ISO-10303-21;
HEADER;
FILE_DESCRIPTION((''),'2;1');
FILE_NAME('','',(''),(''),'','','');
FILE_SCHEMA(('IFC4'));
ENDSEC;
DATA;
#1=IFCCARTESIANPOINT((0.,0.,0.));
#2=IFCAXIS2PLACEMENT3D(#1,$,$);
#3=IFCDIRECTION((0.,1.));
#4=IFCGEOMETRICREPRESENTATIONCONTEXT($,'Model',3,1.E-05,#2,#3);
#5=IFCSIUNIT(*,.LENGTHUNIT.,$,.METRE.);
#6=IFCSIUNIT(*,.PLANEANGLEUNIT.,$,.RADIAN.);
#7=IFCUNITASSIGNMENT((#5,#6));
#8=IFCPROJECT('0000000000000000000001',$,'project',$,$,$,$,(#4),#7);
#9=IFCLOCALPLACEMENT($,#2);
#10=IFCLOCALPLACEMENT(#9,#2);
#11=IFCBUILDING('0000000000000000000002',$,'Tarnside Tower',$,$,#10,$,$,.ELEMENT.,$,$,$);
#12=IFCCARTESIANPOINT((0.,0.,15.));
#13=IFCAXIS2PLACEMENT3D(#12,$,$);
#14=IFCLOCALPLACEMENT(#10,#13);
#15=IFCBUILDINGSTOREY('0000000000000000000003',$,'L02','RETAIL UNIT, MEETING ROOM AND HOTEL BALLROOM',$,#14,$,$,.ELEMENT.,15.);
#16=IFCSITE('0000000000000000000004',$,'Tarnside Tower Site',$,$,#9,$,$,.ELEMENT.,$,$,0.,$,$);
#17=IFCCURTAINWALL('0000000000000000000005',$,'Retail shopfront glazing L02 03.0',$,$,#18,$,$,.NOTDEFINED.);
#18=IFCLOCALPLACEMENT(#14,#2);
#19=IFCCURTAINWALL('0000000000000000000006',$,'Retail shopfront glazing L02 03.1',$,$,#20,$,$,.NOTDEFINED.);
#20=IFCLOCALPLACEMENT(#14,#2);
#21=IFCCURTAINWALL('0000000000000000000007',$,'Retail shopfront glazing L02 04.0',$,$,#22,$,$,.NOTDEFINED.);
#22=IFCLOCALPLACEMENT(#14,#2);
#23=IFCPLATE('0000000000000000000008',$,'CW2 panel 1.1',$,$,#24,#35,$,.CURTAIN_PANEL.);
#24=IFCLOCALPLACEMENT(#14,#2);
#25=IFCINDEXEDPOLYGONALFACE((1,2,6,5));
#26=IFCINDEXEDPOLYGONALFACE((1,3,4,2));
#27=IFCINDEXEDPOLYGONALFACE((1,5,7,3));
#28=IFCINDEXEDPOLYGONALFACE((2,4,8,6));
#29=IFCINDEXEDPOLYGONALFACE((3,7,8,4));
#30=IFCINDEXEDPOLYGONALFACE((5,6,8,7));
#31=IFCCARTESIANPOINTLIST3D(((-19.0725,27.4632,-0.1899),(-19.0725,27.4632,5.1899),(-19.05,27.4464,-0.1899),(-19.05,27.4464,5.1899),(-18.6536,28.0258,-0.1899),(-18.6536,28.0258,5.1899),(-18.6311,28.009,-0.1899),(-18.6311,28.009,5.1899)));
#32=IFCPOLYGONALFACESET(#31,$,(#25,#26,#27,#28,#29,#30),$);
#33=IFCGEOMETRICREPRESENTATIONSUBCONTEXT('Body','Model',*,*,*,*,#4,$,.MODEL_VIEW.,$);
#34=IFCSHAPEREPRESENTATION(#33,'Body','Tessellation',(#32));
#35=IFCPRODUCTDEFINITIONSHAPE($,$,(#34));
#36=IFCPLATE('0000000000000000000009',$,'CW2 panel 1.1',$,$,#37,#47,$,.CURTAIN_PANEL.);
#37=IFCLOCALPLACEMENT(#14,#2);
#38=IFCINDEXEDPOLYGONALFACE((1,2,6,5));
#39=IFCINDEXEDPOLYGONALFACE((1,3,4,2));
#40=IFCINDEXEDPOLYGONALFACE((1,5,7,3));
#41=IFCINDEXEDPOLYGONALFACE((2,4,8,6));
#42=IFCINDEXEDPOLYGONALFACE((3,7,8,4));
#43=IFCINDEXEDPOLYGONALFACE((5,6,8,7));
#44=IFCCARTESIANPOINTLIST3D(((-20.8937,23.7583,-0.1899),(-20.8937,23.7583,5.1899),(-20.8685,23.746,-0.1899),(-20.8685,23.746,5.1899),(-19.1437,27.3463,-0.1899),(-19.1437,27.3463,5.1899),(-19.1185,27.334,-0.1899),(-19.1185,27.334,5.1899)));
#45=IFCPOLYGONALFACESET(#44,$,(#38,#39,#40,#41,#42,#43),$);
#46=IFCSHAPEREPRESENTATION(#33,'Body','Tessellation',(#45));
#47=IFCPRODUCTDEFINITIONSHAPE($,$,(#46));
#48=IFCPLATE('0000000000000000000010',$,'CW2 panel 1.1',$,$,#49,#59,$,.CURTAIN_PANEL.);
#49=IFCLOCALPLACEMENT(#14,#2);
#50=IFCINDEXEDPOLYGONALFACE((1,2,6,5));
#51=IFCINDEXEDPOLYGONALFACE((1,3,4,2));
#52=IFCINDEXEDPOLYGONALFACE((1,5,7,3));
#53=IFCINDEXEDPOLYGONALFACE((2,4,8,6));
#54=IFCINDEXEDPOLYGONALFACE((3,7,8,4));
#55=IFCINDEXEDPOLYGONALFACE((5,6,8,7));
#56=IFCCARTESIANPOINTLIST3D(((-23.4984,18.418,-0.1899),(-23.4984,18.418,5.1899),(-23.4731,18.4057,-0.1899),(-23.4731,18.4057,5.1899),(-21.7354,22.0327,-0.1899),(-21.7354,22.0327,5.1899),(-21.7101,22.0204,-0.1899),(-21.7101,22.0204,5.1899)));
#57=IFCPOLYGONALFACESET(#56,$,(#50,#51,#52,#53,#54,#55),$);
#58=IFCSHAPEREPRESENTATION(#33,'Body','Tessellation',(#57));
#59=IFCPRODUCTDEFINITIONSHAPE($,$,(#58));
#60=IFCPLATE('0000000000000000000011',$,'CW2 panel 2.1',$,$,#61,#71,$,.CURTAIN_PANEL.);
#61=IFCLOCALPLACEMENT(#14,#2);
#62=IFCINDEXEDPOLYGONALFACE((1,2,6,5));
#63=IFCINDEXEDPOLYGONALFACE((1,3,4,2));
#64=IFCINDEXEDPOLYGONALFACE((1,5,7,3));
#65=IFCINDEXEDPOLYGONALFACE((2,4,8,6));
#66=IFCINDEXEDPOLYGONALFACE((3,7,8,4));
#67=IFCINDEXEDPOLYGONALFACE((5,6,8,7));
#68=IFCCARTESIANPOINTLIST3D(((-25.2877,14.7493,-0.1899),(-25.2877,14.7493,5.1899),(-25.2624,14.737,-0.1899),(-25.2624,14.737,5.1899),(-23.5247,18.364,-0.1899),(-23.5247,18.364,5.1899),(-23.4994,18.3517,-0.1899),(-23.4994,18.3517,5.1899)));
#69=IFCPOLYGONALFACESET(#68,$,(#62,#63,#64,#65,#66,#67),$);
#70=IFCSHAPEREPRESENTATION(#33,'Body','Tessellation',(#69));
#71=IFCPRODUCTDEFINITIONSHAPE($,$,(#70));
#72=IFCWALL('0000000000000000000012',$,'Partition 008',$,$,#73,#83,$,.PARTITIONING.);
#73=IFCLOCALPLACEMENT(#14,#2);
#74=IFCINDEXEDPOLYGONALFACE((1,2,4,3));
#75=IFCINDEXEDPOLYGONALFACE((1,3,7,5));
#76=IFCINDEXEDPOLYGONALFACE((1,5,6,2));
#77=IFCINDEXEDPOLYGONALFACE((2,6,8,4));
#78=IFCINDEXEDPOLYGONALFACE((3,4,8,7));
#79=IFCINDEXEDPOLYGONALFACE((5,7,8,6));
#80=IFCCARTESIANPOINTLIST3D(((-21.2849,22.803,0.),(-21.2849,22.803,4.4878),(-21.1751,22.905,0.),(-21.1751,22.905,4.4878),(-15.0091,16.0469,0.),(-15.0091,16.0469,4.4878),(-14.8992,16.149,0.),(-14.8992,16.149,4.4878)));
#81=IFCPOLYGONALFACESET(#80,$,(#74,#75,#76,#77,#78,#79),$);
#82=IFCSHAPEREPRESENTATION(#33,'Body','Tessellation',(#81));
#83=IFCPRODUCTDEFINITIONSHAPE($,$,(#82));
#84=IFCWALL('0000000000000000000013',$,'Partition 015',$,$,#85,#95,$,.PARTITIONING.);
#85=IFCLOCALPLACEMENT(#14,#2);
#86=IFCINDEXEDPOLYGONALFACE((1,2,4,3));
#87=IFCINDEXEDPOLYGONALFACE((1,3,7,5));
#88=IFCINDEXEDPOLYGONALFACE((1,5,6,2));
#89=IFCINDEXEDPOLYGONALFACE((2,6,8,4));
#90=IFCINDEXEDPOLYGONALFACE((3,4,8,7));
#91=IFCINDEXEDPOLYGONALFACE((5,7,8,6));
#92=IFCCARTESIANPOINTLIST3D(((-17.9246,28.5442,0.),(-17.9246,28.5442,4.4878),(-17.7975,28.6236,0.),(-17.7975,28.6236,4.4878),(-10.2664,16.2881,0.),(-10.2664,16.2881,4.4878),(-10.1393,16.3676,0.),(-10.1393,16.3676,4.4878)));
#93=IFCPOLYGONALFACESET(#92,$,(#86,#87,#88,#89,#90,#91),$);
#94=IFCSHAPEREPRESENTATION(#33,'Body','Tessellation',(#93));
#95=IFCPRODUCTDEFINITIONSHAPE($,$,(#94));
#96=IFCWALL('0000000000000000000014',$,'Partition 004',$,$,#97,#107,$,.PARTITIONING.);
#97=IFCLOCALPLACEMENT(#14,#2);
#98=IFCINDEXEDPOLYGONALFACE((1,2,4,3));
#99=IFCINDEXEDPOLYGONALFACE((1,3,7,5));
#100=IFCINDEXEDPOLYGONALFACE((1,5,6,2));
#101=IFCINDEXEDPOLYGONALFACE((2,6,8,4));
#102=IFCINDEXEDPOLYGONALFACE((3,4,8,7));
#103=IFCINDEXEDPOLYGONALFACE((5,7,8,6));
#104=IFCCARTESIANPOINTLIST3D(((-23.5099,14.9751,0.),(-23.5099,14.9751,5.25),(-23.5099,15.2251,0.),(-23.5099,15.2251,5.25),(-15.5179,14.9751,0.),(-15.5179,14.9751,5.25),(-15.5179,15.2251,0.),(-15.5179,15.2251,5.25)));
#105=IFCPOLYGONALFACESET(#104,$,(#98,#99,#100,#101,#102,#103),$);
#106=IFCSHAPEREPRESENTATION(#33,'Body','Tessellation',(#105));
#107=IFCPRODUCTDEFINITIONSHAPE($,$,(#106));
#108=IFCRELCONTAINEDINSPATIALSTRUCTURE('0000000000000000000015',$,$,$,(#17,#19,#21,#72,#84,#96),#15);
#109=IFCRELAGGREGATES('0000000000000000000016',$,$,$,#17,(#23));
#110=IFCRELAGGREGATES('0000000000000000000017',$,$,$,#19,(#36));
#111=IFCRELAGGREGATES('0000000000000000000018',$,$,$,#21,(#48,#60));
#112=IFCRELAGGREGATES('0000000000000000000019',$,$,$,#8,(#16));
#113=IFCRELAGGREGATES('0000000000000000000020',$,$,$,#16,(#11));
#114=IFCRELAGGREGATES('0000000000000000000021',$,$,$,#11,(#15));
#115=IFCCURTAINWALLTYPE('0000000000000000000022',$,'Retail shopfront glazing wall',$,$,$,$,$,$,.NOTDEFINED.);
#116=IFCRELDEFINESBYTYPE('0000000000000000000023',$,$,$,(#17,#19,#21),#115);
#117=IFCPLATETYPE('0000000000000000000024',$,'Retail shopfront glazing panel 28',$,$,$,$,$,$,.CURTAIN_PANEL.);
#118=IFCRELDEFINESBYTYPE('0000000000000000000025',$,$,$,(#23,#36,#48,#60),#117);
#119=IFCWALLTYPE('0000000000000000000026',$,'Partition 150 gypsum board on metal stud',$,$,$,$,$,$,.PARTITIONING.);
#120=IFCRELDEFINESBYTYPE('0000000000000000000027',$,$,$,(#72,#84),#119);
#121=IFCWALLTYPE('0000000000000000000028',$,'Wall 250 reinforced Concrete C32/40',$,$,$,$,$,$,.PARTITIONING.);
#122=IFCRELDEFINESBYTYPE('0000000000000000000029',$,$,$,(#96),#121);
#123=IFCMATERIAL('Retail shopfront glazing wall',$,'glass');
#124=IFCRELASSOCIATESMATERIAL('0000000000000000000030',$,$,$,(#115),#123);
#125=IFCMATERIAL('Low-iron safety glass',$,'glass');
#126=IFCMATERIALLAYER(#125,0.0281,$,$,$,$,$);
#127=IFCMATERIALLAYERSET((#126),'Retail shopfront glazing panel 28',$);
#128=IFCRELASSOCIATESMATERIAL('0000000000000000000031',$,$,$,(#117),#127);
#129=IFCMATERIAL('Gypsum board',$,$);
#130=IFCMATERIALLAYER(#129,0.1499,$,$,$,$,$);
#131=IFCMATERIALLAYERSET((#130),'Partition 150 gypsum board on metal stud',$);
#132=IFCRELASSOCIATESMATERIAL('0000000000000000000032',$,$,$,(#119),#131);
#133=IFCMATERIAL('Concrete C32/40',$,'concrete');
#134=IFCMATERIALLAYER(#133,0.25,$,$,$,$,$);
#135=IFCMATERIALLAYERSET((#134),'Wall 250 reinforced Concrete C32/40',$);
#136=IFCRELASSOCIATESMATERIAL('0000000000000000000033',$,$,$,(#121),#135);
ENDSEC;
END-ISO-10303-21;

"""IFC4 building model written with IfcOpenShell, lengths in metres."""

from ifc_helpers import new_model, si_unit, direction, frame, frame_2d, origin, origin_2d, place, context, subcontext, project, spatial, rectangle, extrude, material, layer, layer_set, type_object, element, aggregate, save


model = new_model("IFC4")

# Units and contexts
model_context = context("Model", 3, precision=1e-05, world=origin(), true_north=direction((0.0, 1.0)))
body_context = subcontext(model_context, "Body", "Model", "MODEL_VIEW")
ifc_project = project(units=[si_unit("LENGTHUNIT", "METRE"), si_unit("PLANEANGLEUNIT", "RADIAN")], contexts=[model_context])

# Site, building, storey
site_placement = place(None, origin())
site = spatial("IfcSite", under=ifc_project, at=site_placement, Name="Tarnside Tower Site", CompositionType="ELEMENT", RefElevation=0.0)
building_placement = place(site_placement, origin())
building = spatial("IfcBuilding", under=site, at=building_placement, Name="Tarnside Tower", CompositionType="ELEMENT")
storey_placement = place(building_placement, frame((0.0, 0.0, 15.0)))
storey = spatial("IfcBuildingStorey", under=building, at=storey_placement, Name="L02", Description="RETAIL UNIT, MEETING ROOM AND HOTEL BALLROOM", CompositionType="ELEMENT", Elevation=15.0)

# Shared definitions
ifc_material_1 = material(Name="Retail shopfront glazing wall", Category="glass")
curtain_wall_type = type_object("IfcCurtainWallType", Name="Retail shopfront glazing wall", PredefinedType="NOTDEFINED", material=ifc_material_1)

# Curtain walls
curtain_wall_1_placement = place(storey_placement, origin())
curtain_wall_1 = element("IfcCurtainWall", 1, at=curtain_wall_1_placement, inside=storey, type_object=curtain_wall_type, Name="Retail shopfront glazing L02 03.0", PredefinedType="NOTDEFINED")
curtain_wall_2_placement = place(storey_placement, origin())
curtain_wall_2 = element("IfcCurtainWall", 2, at=curtain_wall_2_placement, inside=storey, type_object=curtain_wall_type, Name="Retail shopfront glazing L02 03.1", PredefinedType="NOTDEFINED")
curtain_wall_3_placement = place(storey_placement, origin())
curtain_wall_3 = element("IfcCurtainWall", 3, at=curtain_wall_3_placement, inside=storey, type_object=curtain_wall_type, Name="Retail shopfront glazing L02 04.0", PredefinedType="NOTDEFINED")

# Plates
ifc_material_2 = material(Name="Low-iron safety glass", Category="glass")
ifc_layer_1 = layer(ifc_material_2, 0.0281)
ifc_layer_set_1 = layer_set([ifc_layer_1], Name="Retail shopfront glazing panel 28")
plate_type = type_object("IfcPlateType", Name="Retail shopfront glazing panel 28", PredefinedType="CURTAIN_PANEL", material=ifc_layer_set_1)
plate_1_placement = place(storey_placement, frame((-18.8518, 27.7361, -0.1899), z_axis=(0.0, 0.0, 1.0), x_axis=(-0.597159, -0.802123, 0.0)))
plate_1 = element("IfcPlate", 4, at=plate_1_placement, type_object=plate_type, Name="CW2 panel 1.1", PredefinedType="CURTAIN_PANEL", context=body_context, shape_type="SweptSolid", body=[
    extrude(rectangle(XDim=0.7014, YDim=0.0281, at=origin_2d()), origin(), (0.0, 0.0, 1.0), 5.3799),
])
aggregate(curtain_wall_1, [plate_1])
plate_2_placement = place(storey_placement, frame((-20.0061, 25.5461, -0.1899), z_axis=(0.0, 0.0, 1.0), x_axis=(-0.438371, -0.898794, 0.0)))
plate_2 = element("IfcPlate", 5, at=plate_2_placement, type_object=plate_type, Name="CW2 panel 1.1", PredefinedType="CURTAIN_PANEL", context=body_context, shape_type="SweptSolid", body=[
    extrude(rectangle(XDim=3.9919, YDim=0.0281, at=origin_2d()), origin(), (0.0, 0.0, 1.0), 5.3799),
])
aggregate(curtain_wall_2, [plate_2])
plate_3_placement = place(storey_placement, frame((-22.6042, 20.2192, -0.1899), z_axis=(0.0, 0.0, 1.0), x_axis=(-0.438371, -0.898794, 0.0)))
plate_3 = element("IfcPlate", 6, at=plate_3_placement, type_object=plate_type, Name="CW2 panel 1.1", PredefinedType="CURTAIN_PANEL", context=body_context, shape_type="SweptSolid", body=[
    extrude(rectangle(XDim=4.0217, YDim=0.0281, at=origin_2d()), origin(), (0.0, 0.0, 1.0), 5.3799),
])
plate_4_placement = place(storey_placement, frame((-24.3936, 16.5505, -0.1899), z_axis=(0.0, 0.0, 1.0), x_axis=(-0.438371, -0.898794, 0.0)))
plate_4 = element("IfcPlate", 7, at=plate_4_placement, type_object=plate_type, Name="CW2 panel 2.1", PredefinedType="CURTAIN_PANEL", context=body_context, shape_type="SweptSolid", body=[
    extrude(rectangle(XDim=4.0217, YDim=0.0281, at=origin_2d()), origin(), (0.0, 0.0, 1.0), 5.3799),
])
aggregate(curtain_wall_3, [plate_3, plate_4])

# Walls
ifc_material_3 = material(Name="Gypsum board")
ifc_layer_2 = layer(ifc_material_3, 0.1499)
ifc_layer_set_2 = layer_set([ifc_layer_2], Name="Partition 150 gypsum board on metal stud")
wall_type_1 = type_object("IfcWallType", Name="Partition 150 gypsum board on metal stud", PredefinedType="PARTITIONING", material=ifc_layer_set_2)
wall_1_placement = place(storey_placement, frame((-21.23, 22.854, 0.0), z_axis=(0.0, 0.0, 1.0), x_axis=(0.680588, -0.732666, 0.0)))
element("IfcWall", 8, at=wall_1_placement, inside=storey, type_object=wall_type_1, Name="Partition 008", PredefinedType="PARTITIONING", context=body_context, shape_type="SweptSolid", body=[
    extrude(rectangle(XDim=9.2212, YDim=0.1499, at=frame_2d((4.6106, 0.0))), origin(), (0.0, 0.0, 1.0), 4.4878),
])
wall_2_placement = place(storey_placement, frame((-17.8611, 28.584, 0.0), z_axis=(0.0, 0.0, 1.0), x_axis=(0.529906, -0.848056, 0.0)))
element("IfcWall", 9, at=wall_2_placement, inside=storey, type_object=wall_type_1, Name="Partition 015", PredefinedType="PARTITIONING", context=body_context, shape_type="SweptSolid", body=[
    extrude(rectangle(XDim=14.4519, YDim=0.1499, at=frame_2d((7.2261, 0.0))), origin(), (0.0, 0.0, 1.0), 4.4878),
])
ifc_material_4 = material(Name="Concrete C32/40", Category="concrete")
ifc_layer_3 = layer(ifc_material_4, 0.25)
ifc_layer_set_3 = layer_set([ifc_layer_3], Name="Wall 250 reinforced Concrete C32/40")
wall_type_2 = type_object("IfcWallType", Name="Wall 250 reinforced Concrete C32/40", PredefinedType="PARTITIONING", material=ifc_layer_set_3)
wall_3_placement = place(storey_placement, frame((-23.51, 15.1001, 0.0), z_axis=(0.0, 0.0, 1.0), x_axis=(1.0, 0.0, 0.0)))
element("IfcWall", 10, at=wall_3_placement, inside=storey, type_object=wall_type_2, Name="Partition 004", PredefinedType="PARTITIONING", context=body_context, shape_type="SweptSolid", body=[
    extrude(rectangle(XDim=7.9919, YDim=0.25, at=frame_2d((3.9961, 0.0))), origin(), (0.0, 0.0, 1.0), 5.25),
])

save(model, "model.ifc")
